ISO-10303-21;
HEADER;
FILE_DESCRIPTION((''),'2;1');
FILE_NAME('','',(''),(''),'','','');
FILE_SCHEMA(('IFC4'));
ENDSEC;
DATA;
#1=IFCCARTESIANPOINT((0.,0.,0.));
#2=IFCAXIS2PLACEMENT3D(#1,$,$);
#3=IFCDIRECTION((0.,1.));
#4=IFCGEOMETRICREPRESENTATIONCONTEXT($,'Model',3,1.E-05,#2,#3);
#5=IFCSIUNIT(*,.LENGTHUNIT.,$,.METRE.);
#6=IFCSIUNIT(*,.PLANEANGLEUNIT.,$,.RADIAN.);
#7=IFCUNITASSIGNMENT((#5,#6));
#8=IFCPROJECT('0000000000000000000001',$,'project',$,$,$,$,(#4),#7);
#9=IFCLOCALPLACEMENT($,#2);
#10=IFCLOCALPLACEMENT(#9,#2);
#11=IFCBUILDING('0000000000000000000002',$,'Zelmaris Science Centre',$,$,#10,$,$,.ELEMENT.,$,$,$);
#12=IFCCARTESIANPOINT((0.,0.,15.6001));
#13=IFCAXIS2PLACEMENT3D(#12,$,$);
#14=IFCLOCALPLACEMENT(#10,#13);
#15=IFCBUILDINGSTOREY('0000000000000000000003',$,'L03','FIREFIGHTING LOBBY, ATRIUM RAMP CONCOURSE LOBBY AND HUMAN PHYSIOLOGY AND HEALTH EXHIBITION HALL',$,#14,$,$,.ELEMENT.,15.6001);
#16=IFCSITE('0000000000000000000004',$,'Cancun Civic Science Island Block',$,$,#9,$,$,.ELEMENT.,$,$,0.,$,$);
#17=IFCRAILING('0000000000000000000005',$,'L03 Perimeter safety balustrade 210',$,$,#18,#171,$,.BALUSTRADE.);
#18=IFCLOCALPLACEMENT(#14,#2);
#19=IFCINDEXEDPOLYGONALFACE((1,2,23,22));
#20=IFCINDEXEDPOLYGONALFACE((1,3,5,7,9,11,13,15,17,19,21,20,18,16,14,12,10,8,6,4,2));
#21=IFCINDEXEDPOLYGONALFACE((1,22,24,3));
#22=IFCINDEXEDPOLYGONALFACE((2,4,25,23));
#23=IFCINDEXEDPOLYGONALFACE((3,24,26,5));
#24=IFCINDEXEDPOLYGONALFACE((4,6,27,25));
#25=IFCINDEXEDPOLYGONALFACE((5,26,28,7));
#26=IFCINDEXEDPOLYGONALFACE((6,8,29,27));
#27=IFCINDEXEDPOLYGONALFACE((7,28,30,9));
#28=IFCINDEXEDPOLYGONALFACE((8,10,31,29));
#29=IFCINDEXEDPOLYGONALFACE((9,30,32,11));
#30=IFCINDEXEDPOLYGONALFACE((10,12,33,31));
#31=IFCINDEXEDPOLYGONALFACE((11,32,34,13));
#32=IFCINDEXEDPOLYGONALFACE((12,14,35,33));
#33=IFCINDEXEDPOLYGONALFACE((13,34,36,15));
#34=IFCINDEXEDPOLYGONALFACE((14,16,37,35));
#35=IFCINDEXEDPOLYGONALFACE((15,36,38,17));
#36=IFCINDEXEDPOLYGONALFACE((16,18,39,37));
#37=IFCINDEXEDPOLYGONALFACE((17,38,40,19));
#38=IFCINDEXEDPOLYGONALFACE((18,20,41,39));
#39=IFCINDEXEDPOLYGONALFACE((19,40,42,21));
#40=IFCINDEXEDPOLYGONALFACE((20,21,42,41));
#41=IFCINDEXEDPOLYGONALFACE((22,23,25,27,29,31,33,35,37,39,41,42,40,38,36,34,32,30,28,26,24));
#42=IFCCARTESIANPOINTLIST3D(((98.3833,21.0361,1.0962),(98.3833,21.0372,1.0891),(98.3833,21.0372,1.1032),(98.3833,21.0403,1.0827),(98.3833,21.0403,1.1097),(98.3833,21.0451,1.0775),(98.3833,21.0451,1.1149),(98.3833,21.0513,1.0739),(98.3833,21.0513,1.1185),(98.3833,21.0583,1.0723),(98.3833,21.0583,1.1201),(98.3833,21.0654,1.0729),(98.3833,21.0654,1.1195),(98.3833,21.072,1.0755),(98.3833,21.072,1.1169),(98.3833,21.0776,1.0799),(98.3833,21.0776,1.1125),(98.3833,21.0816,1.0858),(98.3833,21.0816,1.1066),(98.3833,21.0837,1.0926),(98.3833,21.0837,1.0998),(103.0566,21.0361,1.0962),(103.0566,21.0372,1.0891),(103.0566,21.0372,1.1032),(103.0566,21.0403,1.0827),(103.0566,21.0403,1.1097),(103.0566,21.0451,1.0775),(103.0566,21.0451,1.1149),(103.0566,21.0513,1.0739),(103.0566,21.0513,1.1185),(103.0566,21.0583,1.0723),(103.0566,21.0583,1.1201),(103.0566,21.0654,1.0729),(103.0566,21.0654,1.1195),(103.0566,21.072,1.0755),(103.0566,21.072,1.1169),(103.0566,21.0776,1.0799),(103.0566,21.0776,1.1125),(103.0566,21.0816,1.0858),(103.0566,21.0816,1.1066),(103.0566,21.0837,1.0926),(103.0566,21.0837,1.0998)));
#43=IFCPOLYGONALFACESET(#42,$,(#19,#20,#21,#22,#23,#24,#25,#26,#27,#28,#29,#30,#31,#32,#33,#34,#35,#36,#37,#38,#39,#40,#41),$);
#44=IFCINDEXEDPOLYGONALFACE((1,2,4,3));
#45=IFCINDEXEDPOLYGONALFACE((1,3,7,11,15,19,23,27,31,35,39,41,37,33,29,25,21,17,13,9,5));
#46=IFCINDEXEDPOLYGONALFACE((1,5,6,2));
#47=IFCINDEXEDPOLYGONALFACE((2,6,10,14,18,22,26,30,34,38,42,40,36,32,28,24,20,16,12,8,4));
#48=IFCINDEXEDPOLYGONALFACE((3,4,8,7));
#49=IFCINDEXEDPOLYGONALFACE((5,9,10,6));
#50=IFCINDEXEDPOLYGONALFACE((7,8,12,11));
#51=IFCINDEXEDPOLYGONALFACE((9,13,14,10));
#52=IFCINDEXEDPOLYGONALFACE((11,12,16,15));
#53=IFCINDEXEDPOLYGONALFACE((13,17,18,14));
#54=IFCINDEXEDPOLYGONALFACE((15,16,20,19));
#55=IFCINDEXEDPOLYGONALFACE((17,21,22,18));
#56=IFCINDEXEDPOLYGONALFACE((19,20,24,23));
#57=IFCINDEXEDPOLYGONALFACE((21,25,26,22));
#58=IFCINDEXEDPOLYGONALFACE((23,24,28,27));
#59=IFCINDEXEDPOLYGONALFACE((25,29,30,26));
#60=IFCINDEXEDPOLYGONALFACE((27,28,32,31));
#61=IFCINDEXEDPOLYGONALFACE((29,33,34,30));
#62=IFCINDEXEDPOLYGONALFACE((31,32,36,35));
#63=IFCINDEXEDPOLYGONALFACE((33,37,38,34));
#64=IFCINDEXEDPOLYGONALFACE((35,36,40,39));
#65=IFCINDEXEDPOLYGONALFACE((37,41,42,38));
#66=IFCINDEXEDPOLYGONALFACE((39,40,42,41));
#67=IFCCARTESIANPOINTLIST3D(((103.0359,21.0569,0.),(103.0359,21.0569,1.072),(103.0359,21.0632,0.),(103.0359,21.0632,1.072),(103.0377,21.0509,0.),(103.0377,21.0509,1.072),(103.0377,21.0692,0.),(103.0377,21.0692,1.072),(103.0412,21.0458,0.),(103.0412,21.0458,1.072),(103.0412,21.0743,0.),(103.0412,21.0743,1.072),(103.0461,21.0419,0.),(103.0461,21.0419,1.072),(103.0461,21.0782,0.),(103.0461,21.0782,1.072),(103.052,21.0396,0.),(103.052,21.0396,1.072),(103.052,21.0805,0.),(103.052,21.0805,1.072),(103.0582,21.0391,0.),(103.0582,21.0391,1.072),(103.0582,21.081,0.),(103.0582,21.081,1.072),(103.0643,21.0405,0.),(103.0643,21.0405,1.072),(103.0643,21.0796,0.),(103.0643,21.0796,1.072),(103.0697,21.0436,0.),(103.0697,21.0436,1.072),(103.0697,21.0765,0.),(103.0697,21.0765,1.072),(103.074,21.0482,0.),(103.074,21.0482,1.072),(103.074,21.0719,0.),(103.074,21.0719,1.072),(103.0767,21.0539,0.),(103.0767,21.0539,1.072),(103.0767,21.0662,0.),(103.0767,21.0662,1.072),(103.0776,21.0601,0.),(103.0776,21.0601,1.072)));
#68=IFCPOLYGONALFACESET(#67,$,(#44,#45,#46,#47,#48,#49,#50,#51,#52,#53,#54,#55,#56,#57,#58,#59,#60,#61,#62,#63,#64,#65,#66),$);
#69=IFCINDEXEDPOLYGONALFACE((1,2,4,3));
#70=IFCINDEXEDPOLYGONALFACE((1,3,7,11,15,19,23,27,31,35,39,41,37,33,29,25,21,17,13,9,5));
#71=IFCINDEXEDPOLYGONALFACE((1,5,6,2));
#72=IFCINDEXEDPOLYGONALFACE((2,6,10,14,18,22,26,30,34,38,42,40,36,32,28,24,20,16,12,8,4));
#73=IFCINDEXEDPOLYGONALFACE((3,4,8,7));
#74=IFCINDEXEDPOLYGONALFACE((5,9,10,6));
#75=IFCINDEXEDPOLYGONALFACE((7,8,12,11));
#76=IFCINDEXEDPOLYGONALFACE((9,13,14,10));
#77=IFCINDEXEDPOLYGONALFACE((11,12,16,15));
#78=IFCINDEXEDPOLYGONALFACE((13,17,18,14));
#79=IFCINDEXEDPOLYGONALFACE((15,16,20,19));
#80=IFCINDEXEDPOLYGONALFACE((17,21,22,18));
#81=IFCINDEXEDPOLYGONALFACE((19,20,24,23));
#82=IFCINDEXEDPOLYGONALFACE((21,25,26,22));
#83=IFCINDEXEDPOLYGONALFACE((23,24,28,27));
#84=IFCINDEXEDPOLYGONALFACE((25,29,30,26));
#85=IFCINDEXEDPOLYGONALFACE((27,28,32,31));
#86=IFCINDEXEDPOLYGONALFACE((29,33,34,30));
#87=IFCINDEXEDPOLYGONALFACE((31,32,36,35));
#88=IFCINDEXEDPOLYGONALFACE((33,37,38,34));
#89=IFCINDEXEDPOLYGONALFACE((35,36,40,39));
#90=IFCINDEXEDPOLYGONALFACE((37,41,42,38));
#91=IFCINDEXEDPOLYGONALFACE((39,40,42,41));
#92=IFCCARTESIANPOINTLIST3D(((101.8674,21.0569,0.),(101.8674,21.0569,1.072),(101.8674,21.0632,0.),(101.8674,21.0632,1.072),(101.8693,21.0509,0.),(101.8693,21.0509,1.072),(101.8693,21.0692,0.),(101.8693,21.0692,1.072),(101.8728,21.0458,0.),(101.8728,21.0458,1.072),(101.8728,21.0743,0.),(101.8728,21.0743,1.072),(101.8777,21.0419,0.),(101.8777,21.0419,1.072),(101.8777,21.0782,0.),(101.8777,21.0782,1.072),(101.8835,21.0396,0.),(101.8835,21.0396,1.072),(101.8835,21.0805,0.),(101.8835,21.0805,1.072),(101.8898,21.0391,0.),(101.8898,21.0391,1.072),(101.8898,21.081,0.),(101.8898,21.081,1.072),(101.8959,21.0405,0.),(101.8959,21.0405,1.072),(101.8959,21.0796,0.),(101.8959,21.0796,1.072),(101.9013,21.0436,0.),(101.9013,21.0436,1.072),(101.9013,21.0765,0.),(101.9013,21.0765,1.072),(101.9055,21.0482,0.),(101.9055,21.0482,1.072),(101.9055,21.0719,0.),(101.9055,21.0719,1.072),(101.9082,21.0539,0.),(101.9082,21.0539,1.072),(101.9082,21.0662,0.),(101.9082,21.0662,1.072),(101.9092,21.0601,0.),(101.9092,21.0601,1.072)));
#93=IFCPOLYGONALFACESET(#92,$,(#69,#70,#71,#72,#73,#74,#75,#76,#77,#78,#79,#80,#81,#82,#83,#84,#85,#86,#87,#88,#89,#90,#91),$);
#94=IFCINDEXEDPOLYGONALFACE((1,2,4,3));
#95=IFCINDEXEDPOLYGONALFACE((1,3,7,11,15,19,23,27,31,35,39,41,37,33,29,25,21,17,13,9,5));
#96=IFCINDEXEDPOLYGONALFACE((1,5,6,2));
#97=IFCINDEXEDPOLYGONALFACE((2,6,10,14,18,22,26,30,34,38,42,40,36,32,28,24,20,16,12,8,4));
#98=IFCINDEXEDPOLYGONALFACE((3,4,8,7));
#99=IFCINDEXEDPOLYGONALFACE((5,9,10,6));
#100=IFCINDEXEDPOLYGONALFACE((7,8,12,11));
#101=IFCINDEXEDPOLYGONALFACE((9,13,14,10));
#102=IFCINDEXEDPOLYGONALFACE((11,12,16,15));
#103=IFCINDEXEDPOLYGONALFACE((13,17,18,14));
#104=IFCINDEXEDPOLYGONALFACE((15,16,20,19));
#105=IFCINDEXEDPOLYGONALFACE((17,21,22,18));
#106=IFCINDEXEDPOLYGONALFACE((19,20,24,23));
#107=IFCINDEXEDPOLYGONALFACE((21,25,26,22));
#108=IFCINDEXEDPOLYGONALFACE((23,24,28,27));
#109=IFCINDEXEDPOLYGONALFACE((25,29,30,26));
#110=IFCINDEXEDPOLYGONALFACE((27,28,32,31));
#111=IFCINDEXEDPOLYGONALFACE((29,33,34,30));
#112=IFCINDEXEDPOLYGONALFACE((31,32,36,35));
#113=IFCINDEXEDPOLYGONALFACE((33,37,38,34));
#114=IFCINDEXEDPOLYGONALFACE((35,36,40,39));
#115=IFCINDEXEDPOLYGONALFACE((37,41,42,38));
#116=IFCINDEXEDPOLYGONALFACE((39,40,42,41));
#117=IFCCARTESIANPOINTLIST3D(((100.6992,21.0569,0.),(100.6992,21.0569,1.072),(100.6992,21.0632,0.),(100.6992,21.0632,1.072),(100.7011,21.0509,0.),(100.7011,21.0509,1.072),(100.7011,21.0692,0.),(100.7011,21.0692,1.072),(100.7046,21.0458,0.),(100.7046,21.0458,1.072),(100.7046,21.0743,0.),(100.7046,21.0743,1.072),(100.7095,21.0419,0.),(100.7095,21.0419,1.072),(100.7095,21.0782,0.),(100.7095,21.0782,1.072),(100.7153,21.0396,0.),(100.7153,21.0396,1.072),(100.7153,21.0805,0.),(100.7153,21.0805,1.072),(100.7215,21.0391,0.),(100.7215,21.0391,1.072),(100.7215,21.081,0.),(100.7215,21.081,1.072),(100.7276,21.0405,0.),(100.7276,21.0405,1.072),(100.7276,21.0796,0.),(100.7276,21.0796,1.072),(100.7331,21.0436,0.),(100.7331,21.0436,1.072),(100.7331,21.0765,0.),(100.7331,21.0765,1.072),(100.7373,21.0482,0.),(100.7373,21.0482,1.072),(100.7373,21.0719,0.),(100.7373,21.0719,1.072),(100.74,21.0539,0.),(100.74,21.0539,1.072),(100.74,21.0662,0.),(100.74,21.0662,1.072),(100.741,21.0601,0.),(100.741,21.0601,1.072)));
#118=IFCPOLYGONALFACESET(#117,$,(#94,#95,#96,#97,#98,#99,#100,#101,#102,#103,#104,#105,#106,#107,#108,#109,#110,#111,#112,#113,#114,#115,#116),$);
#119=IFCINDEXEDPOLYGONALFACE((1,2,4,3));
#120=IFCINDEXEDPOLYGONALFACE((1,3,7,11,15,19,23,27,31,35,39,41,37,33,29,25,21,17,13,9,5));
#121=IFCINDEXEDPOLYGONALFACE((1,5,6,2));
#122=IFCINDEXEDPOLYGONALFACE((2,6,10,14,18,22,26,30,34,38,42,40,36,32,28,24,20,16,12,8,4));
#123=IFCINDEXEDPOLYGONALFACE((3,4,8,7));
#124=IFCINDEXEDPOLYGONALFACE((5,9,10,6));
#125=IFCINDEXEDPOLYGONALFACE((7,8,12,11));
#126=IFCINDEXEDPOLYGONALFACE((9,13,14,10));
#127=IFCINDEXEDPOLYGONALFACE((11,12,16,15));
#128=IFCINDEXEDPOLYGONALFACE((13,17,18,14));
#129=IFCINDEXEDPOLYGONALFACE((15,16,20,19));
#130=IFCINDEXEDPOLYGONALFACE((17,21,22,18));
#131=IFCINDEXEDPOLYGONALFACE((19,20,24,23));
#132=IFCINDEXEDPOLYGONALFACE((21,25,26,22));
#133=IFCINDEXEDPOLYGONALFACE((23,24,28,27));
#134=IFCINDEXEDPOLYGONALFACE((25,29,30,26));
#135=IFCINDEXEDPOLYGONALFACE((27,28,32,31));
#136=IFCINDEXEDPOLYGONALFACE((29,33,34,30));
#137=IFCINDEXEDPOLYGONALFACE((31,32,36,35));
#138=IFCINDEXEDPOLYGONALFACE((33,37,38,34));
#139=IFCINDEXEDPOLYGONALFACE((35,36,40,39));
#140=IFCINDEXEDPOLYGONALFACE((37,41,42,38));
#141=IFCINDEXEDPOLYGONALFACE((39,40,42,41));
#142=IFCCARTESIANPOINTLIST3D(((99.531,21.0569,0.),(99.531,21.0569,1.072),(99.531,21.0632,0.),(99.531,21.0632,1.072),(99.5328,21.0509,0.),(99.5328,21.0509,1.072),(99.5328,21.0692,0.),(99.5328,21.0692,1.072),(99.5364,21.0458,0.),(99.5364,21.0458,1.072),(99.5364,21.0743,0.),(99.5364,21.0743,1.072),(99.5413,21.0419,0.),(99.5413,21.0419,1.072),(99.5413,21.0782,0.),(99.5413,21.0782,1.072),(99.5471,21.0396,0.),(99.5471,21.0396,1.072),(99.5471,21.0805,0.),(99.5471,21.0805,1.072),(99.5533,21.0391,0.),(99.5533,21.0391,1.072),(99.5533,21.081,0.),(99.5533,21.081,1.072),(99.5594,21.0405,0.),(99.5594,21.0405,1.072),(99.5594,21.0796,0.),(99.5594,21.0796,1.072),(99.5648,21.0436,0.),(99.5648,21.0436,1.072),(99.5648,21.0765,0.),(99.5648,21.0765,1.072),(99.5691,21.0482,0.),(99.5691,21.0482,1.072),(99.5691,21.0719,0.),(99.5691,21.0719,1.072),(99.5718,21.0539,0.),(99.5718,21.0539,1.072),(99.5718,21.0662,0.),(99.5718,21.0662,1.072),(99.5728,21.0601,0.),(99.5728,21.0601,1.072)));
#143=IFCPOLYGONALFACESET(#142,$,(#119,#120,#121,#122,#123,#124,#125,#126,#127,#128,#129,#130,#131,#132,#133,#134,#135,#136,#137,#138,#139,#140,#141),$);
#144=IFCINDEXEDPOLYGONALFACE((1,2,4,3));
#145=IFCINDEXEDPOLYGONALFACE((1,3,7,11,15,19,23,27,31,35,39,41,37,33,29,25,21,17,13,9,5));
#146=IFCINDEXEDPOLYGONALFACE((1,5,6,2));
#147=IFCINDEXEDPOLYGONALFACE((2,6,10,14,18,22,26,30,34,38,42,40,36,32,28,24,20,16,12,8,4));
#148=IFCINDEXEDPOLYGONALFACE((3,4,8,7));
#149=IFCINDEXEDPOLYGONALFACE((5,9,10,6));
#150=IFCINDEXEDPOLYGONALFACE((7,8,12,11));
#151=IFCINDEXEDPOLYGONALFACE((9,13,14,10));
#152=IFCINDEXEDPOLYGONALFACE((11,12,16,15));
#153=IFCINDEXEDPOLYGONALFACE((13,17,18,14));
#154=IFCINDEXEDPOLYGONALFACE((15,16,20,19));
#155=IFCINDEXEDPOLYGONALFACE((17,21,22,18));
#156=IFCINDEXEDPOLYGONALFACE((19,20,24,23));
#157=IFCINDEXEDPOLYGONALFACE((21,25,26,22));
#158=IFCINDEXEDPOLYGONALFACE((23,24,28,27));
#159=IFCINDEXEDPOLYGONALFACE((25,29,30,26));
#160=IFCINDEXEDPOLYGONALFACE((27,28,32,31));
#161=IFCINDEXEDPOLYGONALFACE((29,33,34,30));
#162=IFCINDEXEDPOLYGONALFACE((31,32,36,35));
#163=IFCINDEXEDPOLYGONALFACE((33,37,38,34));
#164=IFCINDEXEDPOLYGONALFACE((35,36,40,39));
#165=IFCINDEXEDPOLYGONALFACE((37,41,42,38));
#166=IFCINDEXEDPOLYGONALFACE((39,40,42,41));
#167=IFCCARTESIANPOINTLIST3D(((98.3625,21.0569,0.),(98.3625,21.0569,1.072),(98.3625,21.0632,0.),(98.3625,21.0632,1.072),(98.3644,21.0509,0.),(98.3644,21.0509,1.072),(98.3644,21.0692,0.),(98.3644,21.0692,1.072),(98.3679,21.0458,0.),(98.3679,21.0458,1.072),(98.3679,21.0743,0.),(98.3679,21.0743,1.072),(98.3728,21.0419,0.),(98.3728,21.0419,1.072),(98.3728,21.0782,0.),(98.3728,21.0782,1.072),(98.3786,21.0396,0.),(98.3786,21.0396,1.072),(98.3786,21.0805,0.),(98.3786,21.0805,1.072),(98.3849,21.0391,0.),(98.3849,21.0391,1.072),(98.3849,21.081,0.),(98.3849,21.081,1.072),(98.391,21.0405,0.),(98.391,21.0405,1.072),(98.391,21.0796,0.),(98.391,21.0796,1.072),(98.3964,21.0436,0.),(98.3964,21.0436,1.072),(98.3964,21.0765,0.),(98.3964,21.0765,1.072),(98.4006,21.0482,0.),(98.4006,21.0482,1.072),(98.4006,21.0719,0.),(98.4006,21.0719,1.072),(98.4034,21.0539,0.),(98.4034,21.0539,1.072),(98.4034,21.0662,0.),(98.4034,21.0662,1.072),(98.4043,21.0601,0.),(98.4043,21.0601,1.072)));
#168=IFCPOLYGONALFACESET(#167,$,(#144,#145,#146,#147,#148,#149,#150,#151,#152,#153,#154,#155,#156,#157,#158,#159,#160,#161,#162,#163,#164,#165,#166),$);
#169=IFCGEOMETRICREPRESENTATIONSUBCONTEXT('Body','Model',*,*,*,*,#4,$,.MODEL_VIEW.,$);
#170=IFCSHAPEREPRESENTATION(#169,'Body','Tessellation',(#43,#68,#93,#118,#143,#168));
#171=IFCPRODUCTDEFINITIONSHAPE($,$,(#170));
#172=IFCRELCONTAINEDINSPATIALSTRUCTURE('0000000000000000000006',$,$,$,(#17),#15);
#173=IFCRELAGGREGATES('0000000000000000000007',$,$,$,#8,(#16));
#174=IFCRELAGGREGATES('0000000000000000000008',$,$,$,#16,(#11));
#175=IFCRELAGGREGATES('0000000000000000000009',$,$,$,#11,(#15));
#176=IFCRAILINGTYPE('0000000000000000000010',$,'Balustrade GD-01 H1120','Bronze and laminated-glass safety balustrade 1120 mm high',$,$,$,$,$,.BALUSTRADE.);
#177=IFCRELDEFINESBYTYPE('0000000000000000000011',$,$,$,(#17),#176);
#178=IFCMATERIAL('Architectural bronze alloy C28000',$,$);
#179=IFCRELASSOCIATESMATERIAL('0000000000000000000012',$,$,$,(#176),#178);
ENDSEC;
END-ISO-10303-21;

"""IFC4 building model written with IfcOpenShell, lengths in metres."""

from ifc_helpers import new_model, si_unit, direction, frame, origin, origin_2d, place, context, subcontext, project, spatial, circle, extrude, material, type_object, element, save


model = new_model("IFC4")

# Units and contexts
model_context = context("Model", 3, precision=1e-05, world=origin(), true_north=direction((0.0, 1.0)))
body_context = subcontext(model_context, "Body", "Model", "MODEL_VIEW")
ifc_project = project(units=[si_unit("LENGTHUNIT", "METRE"), si_unit("PLANEANGLEUNIT", "RADIAN")], contexts=[model_context])

# Site, building, storey
site_placement = place(None, origin())
site = spatial("IfcSite", under=ifc_project, at=site_placement, Name="Cancun Civic Science Island Block", CompositionType="ELEMENT", RefElevation=0.0)
building_placement = place(site_placement, origin())
building = spatial("IfcBuilding", under=site, at=building_placement, Name="Zelmaris Science Centre", CompositionType="ELEMENT")
storey_placement = place(building_placement, frame((0.0, 0.0, 15.6001)))
storey = spatial("IfcBuildingStorey", under=building, at=storey_placement, Name="L03", Description="FIREFIGHTING LOBBY, ATRIUM RAMP CONCOURSE LOBBY AND HUMAN PHYSIOLOGY AND HEALTH EXHIBITION HALL", CompositionType="ELEMENT", Elevation=15.6001)

# Railing
ifc_material_1 = material(Name="Architectural bronze alloy C28000")
railing_type = type_object("IfcRailingType", Name="Balustrade GD-01 H1120", Description="Bronze and laminated-glass safety balustrade 1120 mm high", PredefinedType="BALUSTRADE", material=ifc_material_1)
railing_1_placement = place(storey_placement, frame((103.0566, 21.0601, 0.0)))
element("IfcRailing", 1, at=railing_1_placement, inside=storey, type_object=railing_type, Name="L03 Perimeter safety balustrade 210", PredefinedType="BALUSTRADE", context=body_context, shape_type="SweptSolid", body=[
    extrude(circle(Radius=0.0239, at=origin_2d()), frame((0.0, 0.0, 1.0962), z_axis=(-1.0, 0.0, 0.0), x_axis=(0.0, -1.0, 0.0)), (0.0, 0.0, 1.0), 4.6733),
    extrude(circle(Radius=0.021, at=origin_2d()), origin(), (0.0, 0.0, 1.0), 1.072),
    extrude(circle(Radius=0.021, at=origin_2d()), frame((-1.1685, 0.0, 0.0)), (0.0, 0.0, 1.0), 1.072),
    extrude(circle(Radius=0.021, at=origin_2d()), frame((-2.3367, 0.0, 0.0)), (0.0, 0.0, 1.0), 1.072),
    extrude(circle(Radius=0.021, at=origin_2d()), frame((-3.5049, 0.0, 0.0)), (0.0, 0.0, 1.0), 1.072),
    extrude(circle(Radius=0.021, at=origin_2d()), frame((-4.6733, 0.0, 0.0)), (0.0, 0.0, 1.0), 1.072),
])

save(model, "model.ifc")
